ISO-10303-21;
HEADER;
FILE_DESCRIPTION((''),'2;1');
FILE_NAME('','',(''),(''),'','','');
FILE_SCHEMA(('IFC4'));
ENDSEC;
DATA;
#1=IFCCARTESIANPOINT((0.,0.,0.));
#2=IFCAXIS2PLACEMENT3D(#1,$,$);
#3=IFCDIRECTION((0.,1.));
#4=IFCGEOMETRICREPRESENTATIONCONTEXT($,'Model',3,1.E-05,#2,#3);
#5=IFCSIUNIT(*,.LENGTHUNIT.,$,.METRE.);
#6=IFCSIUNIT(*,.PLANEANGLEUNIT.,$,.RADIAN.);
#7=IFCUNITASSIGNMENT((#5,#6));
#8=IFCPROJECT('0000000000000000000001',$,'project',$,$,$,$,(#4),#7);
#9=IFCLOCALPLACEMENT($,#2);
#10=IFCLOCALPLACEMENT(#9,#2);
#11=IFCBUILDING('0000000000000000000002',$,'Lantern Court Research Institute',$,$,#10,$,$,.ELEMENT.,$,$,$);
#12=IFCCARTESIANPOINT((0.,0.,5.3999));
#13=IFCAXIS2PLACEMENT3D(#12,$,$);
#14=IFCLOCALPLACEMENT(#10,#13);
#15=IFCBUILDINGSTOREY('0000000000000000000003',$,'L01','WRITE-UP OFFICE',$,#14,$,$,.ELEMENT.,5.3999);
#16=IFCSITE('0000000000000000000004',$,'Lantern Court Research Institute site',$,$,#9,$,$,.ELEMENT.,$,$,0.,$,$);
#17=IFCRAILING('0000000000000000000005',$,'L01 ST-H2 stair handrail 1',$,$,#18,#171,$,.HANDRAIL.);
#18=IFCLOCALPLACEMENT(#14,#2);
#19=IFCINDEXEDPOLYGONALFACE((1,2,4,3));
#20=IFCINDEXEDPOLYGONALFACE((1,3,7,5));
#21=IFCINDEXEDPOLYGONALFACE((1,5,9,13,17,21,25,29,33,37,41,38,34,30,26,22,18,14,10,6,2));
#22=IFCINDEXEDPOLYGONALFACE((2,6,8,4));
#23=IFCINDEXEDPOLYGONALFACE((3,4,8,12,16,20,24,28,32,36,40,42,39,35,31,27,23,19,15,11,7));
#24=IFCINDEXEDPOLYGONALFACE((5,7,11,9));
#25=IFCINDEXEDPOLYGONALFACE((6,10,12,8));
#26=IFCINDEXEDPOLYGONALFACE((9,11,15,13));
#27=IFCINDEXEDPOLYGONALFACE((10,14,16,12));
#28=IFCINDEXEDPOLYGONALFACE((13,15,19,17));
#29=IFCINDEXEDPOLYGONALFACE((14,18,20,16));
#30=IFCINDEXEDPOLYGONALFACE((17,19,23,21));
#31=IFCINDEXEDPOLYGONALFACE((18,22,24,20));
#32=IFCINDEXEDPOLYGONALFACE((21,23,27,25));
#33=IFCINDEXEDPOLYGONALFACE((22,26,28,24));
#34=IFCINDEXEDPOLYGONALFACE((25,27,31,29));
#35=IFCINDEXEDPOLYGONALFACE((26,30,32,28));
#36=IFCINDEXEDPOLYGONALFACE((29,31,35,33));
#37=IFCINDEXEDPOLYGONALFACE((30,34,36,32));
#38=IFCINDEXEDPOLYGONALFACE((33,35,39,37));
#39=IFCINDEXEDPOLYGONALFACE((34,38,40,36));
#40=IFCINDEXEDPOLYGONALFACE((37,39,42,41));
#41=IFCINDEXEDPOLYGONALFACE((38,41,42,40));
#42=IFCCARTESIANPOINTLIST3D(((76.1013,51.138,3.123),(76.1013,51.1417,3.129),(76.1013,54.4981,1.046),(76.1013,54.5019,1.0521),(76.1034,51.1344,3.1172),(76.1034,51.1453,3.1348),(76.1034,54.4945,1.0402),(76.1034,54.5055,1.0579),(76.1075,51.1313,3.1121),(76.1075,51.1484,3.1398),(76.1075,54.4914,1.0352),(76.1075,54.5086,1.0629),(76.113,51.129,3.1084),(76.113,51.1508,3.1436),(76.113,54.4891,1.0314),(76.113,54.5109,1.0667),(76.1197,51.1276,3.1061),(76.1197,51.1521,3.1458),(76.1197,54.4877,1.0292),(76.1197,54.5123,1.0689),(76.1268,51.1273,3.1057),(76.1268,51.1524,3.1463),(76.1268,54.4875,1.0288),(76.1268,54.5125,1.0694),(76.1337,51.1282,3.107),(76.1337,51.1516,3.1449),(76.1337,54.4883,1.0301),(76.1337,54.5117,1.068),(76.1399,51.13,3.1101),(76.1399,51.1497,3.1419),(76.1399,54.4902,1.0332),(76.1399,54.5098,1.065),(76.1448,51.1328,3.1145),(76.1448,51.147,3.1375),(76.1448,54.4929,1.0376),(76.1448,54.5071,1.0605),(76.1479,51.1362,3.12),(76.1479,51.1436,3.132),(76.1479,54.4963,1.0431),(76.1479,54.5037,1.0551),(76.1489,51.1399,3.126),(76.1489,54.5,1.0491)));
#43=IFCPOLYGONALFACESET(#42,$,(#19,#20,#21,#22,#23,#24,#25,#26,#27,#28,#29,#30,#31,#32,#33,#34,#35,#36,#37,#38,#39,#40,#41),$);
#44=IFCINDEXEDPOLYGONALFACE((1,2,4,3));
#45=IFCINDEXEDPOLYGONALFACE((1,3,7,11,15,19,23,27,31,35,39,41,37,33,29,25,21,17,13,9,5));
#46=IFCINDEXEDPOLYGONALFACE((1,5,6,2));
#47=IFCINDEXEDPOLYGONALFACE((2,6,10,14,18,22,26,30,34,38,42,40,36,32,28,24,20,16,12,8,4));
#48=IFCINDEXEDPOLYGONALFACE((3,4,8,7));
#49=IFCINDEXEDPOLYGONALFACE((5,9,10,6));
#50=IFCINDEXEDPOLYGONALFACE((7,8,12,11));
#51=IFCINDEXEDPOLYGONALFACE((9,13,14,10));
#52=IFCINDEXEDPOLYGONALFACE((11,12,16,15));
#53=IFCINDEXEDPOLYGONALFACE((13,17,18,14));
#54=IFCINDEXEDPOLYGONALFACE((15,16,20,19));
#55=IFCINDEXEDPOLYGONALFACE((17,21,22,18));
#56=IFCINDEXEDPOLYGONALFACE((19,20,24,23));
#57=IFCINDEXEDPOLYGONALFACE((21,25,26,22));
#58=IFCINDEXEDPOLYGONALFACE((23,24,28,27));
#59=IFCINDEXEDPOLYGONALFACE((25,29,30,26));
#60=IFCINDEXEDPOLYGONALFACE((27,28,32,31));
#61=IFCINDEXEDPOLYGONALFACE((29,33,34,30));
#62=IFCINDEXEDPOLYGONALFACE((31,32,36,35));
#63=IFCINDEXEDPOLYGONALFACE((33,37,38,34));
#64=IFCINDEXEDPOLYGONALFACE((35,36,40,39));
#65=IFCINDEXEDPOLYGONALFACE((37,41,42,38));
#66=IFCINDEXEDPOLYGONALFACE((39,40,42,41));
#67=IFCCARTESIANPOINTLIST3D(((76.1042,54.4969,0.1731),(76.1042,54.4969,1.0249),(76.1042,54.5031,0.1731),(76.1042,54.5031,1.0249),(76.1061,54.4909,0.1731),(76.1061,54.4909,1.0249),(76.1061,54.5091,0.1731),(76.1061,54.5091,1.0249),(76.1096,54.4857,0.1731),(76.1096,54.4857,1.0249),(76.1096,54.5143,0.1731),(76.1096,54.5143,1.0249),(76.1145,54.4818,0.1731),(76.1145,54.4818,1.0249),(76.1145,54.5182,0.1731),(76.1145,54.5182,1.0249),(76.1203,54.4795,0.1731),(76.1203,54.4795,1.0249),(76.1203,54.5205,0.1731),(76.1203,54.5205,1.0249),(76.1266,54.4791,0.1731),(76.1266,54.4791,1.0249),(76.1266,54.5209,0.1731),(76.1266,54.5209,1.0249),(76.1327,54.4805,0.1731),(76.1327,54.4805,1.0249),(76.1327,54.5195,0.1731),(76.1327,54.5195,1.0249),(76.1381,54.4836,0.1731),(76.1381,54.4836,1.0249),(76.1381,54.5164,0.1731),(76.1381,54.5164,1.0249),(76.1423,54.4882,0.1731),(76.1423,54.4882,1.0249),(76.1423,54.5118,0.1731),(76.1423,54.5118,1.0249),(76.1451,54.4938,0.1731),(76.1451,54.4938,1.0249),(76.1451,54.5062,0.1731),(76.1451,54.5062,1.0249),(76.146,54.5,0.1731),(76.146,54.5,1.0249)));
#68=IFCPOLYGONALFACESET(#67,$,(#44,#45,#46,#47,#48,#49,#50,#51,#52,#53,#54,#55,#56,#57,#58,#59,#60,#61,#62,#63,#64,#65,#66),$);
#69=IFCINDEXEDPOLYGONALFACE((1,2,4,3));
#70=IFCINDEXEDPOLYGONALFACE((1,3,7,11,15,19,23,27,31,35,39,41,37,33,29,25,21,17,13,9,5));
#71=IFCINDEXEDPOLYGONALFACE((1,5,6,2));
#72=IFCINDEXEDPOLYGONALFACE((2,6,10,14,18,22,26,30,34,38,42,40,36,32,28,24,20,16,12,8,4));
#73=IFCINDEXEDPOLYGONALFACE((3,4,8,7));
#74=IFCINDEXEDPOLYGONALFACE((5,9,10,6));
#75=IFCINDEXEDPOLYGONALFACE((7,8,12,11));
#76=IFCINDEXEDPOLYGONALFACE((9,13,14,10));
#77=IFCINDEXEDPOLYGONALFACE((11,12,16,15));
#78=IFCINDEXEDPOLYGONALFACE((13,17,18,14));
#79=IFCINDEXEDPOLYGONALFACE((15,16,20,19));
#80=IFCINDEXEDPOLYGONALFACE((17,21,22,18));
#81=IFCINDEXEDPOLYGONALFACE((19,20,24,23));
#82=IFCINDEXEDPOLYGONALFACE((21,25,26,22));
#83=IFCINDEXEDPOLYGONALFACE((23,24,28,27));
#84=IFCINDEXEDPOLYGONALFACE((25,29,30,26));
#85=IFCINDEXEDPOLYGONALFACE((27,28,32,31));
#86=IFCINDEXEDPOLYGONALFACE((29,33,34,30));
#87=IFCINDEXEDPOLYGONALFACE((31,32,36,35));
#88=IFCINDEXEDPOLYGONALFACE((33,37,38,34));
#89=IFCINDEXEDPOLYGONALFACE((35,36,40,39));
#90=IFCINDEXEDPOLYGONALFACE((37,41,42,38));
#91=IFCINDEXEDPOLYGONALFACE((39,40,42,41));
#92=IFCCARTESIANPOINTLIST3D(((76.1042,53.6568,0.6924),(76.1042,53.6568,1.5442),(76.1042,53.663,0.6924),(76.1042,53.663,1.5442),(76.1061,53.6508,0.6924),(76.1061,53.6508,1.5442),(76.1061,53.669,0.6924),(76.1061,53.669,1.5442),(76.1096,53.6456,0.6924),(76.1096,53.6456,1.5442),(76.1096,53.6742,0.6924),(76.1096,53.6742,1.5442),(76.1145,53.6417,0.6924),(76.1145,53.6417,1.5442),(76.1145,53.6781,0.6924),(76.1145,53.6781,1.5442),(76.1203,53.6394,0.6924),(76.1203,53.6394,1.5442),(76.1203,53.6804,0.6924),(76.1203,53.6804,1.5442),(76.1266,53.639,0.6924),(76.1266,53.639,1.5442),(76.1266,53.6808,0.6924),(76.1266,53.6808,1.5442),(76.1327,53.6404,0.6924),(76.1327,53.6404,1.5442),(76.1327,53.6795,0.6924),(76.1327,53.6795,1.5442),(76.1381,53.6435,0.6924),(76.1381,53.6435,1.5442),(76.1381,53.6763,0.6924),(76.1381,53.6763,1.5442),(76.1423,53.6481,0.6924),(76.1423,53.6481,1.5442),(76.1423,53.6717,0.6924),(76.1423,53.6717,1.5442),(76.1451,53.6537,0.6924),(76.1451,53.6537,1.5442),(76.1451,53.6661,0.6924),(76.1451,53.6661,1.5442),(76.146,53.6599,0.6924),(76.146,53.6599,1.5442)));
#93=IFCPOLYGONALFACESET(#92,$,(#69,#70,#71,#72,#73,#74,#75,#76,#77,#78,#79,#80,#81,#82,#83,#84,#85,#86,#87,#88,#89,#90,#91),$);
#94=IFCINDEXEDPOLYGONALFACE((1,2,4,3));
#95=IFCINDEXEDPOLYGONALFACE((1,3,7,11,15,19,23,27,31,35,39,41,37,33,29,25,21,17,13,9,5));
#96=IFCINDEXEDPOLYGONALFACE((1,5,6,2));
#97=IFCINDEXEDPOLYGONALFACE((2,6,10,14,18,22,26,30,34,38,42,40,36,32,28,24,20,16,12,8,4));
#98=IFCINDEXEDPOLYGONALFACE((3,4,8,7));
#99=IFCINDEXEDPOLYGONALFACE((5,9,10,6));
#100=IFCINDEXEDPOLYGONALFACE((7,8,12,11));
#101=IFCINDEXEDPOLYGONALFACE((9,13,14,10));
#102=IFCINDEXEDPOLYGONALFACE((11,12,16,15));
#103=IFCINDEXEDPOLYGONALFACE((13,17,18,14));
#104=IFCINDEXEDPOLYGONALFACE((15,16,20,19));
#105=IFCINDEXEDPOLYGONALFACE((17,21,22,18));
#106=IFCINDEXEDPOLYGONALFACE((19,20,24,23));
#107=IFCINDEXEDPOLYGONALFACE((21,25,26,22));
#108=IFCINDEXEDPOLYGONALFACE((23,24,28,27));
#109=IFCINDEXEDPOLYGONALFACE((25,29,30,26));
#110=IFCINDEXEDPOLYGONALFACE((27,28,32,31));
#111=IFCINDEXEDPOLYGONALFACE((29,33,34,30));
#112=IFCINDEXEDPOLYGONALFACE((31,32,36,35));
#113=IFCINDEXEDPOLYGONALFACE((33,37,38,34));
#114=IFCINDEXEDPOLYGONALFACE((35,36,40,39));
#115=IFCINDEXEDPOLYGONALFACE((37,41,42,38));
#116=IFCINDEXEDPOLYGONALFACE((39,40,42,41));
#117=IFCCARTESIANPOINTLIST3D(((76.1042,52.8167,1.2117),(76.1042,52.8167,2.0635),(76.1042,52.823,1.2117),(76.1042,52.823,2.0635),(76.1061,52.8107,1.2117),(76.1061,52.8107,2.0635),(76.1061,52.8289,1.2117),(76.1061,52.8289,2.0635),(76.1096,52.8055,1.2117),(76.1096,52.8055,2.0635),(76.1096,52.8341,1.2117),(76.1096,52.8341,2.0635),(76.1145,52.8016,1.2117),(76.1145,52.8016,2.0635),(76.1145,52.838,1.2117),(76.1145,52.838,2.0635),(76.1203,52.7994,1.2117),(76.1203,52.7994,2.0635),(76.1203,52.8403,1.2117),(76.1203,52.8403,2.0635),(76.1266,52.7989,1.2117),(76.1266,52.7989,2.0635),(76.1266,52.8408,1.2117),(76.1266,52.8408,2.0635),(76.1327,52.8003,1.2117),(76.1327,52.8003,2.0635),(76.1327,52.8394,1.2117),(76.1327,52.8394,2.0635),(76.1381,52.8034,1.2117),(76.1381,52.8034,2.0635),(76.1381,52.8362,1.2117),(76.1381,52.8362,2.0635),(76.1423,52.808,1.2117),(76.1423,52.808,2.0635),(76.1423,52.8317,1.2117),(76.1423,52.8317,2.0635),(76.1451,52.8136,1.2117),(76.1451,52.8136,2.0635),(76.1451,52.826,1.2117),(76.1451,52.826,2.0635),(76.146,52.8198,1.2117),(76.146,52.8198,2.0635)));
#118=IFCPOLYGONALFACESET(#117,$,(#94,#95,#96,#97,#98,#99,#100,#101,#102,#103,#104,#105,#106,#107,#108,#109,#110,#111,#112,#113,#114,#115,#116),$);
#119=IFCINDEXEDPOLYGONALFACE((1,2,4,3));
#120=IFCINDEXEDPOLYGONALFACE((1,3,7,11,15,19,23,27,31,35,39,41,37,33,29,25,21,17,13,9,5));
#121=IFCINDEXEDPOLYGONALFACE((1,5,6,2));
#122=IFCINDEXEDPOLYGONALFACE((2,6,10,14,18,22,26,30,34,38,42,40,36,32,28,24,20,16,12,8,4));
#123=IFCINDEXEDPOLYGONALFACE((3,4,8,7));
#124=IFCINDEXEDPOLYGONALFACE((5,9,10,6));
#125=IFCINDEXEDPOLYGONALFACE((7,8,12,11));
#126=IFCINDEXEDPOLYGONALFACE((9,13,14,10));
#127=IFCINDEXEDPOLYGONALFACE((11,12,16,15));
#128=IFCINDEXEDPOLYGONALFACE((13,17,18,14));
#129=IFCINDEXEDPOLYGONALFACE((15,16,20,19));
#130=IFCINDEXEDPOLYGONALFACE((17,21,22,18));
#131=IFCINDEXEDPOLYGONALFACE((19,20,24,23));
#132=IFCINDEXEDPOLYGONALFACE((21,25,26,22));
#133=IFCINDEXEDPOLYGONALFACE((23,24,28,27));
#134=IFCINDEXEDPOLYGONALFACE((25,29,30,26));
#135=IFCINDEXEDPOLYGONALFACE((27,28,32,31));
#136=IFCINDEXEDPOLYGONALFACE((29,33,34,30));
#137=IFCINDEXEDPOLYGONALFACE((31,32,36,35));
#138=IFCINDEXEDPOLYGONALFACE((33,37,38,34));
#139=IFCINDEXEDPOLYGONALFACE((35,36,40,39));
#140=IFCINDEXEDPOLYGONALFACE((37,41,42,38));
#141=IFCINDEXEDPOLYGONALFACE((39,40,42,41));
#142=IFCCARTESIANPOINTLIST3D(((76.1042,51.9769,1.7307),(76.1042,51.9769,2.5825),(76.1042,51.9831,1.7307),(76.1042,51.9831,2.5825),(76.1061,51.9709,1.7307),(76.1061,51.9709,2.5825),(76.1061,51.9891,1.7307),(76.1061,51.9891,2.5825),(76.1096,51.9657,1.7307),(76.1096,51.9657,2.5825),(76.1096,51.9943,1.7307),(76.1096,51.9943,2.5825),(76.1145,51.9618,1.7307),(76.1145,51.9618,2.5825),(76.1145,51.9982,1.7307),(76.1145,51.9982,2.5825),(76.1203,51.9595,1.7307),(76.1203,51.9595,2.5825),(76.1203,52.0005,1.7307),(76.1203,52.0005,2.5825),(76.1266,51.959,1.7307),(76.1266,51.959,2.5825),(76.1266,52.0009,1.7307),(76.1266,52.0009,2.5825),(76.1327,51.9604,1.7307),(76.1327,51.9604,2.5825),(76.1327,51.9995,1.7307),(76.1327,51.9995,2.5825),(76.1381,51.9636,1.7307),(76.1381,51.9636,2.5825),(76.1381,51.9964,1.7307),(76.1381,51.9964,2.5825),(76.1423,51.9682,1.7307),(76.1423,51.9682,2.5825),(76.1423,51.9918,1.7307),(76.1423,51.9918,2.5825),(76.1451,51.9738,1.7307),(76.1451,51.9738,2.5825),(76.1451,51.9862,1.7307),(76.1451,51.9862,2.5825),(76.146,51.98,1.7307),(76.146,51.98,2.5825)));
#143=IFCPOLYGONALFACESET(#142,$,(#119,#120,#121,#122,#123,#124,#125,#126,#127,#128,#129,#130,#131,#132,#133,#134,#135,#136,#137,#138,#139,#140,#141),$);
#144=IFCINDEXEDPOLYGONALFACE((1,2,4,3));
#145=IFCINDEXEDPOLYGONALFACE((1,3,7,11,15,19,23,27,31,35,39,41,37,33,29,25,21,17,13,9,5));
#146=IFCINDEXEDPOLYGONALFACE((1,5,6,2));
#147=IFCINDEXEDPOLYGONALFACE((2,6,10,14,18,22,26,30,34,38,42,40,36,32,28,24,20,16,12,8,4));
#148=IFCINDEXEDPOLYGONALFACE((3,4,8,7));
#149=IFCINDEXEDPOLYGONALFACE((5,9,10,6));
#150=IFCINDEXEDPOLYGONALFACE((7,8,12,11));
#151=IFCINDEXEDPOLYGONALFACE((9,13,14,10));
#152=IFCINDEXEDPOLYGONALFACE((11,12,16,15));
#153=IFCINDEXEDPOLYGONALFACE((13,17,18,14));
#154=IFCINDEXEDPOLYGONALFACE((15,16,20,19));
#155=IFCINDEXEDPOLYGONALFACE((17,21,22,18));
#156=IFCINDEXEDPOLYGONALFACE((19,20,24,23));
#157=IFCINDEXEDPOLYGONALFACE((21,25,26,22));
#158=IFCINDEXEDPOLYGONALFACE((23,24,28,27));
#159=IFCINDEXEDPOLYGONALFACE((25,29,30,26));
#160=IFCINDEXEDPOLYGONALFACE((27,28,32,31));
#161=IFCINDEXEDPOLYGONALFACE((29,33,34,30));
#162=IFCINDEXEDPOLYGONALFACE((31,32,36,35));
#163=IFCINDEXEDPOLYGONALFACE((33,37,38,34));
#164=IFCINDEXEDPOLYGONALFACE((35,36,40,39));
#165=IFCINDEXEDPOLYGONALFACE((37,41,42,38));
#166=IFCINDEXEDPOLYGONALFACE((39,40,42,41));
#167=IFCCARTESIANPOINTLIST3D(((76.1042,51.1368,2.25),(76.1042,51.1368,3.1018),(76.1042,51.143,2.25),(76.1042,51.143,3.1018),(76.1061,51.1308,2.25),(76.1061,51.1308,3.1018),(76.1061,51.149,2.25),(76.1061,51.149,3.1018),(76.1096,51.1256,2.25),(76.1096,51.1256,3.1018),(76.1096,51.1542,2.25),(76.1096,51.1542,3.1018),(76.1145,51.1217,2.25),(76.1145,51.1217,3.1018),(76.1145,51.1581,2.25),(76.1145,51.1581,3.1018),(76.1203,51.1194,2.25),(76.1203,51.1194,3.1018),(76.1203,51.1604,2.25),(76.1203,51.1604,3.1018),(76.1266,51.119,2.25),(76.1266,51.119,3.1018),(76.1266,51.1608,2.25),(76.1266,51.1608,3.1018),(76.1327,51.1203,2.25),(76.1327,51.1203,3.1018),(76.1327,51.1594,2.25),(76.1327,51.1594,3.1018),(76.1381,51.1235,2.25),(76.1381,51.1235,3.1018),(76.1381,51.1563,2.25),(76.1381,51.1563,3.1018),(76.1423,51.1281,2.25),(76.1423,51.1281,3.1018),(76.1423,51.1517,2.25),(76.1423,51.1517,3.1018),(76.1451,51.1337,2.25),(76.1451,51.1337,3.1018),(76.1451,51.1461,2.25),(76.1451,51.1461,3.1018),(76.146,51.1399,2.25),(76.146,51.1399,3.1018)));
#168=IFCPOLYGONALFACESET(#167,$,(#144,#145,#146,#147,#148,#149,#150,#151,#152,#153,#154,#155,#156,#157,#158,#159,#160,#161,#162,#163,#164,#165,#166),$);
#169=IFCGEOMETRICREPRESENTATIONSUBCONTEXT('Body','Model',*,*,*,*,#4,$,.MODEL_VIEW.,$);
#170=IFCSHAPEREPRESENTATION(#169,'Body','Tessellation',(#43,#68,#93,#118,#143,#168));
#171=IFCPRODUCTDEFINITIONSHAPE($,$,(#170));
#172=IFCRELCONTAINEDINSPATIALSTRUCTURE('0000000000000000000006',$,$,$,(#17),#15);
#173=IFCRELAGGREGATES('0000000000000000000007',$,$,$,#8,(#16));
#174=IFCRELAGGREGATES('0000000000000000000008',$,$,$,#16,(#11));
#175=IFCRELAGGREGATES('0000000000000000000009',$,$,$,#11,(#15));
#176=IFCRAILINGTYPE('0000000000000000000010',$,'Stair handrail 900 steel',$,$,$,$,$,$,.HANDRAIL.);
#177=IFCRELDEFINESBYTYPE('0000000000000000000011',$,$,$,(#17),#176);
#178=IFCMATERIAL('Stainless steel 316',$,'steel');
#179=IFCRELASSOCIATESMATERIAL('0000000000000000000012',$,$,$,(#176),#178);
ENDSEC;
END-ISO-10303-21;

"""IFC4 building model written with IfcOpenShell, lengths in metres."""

from ifc_helpers import new_model, si_unit, direction, frame, origin, origin_2d, place, context, subcontext, project, spatial, circle, extrude, material, type_object, element, save


model = new_model("IFC4")

# Units and contexts
model_context = context("Model", 3, precision=1e-05, world=origin(), true_north=direction((0.0, 1.0)))
body_context = subcontext(model_context, "Body", "Model", "MODEL_VIEW")
ifc_project = project(units=[si_unit("LENGTHUNIT", "METRE"), si_unit("PLANEANGLEUNIT", "RADIAN")], contexts=[model_context])

# Site, building, storey
site_placement = place(None, origin())
site = spatial("IfcSite", under=ifc_project, at=site_placement, Name="Lantern Court Research Institute site", CompositionType="ELEMENT", RefElevation=0.0)
building_placement = place(site_placement, origin())
building = spatial("IfcBuilding", under=site, at=building_placement, Name="Lantern Court Research Institute", CompositionType="ELEMENT")
storey_placement = place(building_placement, frame((0.0, 0.0, 5.3999)))
storey = spatial("IfcBuildingStorey", under=building, at=storey_placement, Name="L01", Description="WRITE-UP OFFICE", CompositionType="ELEMENT", Elevation=5.3999)

# Railing
ifc_material_1 = material(Name="Stainless steel 316", Category="steel")
railing_type_1 = type_object("IfcRailingType", Name="Stair handrail 900 steel", PredefinedType="HANDRAIL", material=ifc_material_1)
railing_1_placement = place(storey_placement, frame((76.125, 54.5, 0.1731)))
element("IfcRailing", 1, at=railing_1_placement, inside=storey, type_object=railing_type_1, Name="L01 ST-H2 stair handrail 1", PredefinedType="HANDRAIL", context=body_context, shape_type="SweptSolid", body=[
    extrude(circle(Radius=0.0239, at=origin_2d()), frame((0.0, 0.0, 0.876), z_axis=(0.0, -0.850623, 0.525776), x_axis=(1.0, 0.0, 0.0)), (0.0, 0.0, 1.0), 3.9502),
    extrude(circle(Radius=0.021, at=origin_2d()), origin(), (0.0, 0.0, 1.0), 0.8518),
    extrude(circle(Radius=0.021, at=origin_2d()), frame((0.0, -0.8401, 0.5193)), (0.0, 0.0, 1.0), 0.8518),
    extrude(circle(Radius=0.021, at=origin_2d()), frame((0.0, -1.6802, 1.0386)), (0.0, 0.0, 1.0), 0.8518),
    extrude(circle(Radius=0.021, at=origin_2d()), frame((0.0, -2.52, 1.5576)), (0.0, 0.0, 1.0), 0.8518),
    extrude(circle(Radius=0.021, at=origin_2d()), frame((0.0, -3.3601, 2.0769)), (0.0, 0.0, 1.0), 0.8518),
])

save(model, "model.ifc")
